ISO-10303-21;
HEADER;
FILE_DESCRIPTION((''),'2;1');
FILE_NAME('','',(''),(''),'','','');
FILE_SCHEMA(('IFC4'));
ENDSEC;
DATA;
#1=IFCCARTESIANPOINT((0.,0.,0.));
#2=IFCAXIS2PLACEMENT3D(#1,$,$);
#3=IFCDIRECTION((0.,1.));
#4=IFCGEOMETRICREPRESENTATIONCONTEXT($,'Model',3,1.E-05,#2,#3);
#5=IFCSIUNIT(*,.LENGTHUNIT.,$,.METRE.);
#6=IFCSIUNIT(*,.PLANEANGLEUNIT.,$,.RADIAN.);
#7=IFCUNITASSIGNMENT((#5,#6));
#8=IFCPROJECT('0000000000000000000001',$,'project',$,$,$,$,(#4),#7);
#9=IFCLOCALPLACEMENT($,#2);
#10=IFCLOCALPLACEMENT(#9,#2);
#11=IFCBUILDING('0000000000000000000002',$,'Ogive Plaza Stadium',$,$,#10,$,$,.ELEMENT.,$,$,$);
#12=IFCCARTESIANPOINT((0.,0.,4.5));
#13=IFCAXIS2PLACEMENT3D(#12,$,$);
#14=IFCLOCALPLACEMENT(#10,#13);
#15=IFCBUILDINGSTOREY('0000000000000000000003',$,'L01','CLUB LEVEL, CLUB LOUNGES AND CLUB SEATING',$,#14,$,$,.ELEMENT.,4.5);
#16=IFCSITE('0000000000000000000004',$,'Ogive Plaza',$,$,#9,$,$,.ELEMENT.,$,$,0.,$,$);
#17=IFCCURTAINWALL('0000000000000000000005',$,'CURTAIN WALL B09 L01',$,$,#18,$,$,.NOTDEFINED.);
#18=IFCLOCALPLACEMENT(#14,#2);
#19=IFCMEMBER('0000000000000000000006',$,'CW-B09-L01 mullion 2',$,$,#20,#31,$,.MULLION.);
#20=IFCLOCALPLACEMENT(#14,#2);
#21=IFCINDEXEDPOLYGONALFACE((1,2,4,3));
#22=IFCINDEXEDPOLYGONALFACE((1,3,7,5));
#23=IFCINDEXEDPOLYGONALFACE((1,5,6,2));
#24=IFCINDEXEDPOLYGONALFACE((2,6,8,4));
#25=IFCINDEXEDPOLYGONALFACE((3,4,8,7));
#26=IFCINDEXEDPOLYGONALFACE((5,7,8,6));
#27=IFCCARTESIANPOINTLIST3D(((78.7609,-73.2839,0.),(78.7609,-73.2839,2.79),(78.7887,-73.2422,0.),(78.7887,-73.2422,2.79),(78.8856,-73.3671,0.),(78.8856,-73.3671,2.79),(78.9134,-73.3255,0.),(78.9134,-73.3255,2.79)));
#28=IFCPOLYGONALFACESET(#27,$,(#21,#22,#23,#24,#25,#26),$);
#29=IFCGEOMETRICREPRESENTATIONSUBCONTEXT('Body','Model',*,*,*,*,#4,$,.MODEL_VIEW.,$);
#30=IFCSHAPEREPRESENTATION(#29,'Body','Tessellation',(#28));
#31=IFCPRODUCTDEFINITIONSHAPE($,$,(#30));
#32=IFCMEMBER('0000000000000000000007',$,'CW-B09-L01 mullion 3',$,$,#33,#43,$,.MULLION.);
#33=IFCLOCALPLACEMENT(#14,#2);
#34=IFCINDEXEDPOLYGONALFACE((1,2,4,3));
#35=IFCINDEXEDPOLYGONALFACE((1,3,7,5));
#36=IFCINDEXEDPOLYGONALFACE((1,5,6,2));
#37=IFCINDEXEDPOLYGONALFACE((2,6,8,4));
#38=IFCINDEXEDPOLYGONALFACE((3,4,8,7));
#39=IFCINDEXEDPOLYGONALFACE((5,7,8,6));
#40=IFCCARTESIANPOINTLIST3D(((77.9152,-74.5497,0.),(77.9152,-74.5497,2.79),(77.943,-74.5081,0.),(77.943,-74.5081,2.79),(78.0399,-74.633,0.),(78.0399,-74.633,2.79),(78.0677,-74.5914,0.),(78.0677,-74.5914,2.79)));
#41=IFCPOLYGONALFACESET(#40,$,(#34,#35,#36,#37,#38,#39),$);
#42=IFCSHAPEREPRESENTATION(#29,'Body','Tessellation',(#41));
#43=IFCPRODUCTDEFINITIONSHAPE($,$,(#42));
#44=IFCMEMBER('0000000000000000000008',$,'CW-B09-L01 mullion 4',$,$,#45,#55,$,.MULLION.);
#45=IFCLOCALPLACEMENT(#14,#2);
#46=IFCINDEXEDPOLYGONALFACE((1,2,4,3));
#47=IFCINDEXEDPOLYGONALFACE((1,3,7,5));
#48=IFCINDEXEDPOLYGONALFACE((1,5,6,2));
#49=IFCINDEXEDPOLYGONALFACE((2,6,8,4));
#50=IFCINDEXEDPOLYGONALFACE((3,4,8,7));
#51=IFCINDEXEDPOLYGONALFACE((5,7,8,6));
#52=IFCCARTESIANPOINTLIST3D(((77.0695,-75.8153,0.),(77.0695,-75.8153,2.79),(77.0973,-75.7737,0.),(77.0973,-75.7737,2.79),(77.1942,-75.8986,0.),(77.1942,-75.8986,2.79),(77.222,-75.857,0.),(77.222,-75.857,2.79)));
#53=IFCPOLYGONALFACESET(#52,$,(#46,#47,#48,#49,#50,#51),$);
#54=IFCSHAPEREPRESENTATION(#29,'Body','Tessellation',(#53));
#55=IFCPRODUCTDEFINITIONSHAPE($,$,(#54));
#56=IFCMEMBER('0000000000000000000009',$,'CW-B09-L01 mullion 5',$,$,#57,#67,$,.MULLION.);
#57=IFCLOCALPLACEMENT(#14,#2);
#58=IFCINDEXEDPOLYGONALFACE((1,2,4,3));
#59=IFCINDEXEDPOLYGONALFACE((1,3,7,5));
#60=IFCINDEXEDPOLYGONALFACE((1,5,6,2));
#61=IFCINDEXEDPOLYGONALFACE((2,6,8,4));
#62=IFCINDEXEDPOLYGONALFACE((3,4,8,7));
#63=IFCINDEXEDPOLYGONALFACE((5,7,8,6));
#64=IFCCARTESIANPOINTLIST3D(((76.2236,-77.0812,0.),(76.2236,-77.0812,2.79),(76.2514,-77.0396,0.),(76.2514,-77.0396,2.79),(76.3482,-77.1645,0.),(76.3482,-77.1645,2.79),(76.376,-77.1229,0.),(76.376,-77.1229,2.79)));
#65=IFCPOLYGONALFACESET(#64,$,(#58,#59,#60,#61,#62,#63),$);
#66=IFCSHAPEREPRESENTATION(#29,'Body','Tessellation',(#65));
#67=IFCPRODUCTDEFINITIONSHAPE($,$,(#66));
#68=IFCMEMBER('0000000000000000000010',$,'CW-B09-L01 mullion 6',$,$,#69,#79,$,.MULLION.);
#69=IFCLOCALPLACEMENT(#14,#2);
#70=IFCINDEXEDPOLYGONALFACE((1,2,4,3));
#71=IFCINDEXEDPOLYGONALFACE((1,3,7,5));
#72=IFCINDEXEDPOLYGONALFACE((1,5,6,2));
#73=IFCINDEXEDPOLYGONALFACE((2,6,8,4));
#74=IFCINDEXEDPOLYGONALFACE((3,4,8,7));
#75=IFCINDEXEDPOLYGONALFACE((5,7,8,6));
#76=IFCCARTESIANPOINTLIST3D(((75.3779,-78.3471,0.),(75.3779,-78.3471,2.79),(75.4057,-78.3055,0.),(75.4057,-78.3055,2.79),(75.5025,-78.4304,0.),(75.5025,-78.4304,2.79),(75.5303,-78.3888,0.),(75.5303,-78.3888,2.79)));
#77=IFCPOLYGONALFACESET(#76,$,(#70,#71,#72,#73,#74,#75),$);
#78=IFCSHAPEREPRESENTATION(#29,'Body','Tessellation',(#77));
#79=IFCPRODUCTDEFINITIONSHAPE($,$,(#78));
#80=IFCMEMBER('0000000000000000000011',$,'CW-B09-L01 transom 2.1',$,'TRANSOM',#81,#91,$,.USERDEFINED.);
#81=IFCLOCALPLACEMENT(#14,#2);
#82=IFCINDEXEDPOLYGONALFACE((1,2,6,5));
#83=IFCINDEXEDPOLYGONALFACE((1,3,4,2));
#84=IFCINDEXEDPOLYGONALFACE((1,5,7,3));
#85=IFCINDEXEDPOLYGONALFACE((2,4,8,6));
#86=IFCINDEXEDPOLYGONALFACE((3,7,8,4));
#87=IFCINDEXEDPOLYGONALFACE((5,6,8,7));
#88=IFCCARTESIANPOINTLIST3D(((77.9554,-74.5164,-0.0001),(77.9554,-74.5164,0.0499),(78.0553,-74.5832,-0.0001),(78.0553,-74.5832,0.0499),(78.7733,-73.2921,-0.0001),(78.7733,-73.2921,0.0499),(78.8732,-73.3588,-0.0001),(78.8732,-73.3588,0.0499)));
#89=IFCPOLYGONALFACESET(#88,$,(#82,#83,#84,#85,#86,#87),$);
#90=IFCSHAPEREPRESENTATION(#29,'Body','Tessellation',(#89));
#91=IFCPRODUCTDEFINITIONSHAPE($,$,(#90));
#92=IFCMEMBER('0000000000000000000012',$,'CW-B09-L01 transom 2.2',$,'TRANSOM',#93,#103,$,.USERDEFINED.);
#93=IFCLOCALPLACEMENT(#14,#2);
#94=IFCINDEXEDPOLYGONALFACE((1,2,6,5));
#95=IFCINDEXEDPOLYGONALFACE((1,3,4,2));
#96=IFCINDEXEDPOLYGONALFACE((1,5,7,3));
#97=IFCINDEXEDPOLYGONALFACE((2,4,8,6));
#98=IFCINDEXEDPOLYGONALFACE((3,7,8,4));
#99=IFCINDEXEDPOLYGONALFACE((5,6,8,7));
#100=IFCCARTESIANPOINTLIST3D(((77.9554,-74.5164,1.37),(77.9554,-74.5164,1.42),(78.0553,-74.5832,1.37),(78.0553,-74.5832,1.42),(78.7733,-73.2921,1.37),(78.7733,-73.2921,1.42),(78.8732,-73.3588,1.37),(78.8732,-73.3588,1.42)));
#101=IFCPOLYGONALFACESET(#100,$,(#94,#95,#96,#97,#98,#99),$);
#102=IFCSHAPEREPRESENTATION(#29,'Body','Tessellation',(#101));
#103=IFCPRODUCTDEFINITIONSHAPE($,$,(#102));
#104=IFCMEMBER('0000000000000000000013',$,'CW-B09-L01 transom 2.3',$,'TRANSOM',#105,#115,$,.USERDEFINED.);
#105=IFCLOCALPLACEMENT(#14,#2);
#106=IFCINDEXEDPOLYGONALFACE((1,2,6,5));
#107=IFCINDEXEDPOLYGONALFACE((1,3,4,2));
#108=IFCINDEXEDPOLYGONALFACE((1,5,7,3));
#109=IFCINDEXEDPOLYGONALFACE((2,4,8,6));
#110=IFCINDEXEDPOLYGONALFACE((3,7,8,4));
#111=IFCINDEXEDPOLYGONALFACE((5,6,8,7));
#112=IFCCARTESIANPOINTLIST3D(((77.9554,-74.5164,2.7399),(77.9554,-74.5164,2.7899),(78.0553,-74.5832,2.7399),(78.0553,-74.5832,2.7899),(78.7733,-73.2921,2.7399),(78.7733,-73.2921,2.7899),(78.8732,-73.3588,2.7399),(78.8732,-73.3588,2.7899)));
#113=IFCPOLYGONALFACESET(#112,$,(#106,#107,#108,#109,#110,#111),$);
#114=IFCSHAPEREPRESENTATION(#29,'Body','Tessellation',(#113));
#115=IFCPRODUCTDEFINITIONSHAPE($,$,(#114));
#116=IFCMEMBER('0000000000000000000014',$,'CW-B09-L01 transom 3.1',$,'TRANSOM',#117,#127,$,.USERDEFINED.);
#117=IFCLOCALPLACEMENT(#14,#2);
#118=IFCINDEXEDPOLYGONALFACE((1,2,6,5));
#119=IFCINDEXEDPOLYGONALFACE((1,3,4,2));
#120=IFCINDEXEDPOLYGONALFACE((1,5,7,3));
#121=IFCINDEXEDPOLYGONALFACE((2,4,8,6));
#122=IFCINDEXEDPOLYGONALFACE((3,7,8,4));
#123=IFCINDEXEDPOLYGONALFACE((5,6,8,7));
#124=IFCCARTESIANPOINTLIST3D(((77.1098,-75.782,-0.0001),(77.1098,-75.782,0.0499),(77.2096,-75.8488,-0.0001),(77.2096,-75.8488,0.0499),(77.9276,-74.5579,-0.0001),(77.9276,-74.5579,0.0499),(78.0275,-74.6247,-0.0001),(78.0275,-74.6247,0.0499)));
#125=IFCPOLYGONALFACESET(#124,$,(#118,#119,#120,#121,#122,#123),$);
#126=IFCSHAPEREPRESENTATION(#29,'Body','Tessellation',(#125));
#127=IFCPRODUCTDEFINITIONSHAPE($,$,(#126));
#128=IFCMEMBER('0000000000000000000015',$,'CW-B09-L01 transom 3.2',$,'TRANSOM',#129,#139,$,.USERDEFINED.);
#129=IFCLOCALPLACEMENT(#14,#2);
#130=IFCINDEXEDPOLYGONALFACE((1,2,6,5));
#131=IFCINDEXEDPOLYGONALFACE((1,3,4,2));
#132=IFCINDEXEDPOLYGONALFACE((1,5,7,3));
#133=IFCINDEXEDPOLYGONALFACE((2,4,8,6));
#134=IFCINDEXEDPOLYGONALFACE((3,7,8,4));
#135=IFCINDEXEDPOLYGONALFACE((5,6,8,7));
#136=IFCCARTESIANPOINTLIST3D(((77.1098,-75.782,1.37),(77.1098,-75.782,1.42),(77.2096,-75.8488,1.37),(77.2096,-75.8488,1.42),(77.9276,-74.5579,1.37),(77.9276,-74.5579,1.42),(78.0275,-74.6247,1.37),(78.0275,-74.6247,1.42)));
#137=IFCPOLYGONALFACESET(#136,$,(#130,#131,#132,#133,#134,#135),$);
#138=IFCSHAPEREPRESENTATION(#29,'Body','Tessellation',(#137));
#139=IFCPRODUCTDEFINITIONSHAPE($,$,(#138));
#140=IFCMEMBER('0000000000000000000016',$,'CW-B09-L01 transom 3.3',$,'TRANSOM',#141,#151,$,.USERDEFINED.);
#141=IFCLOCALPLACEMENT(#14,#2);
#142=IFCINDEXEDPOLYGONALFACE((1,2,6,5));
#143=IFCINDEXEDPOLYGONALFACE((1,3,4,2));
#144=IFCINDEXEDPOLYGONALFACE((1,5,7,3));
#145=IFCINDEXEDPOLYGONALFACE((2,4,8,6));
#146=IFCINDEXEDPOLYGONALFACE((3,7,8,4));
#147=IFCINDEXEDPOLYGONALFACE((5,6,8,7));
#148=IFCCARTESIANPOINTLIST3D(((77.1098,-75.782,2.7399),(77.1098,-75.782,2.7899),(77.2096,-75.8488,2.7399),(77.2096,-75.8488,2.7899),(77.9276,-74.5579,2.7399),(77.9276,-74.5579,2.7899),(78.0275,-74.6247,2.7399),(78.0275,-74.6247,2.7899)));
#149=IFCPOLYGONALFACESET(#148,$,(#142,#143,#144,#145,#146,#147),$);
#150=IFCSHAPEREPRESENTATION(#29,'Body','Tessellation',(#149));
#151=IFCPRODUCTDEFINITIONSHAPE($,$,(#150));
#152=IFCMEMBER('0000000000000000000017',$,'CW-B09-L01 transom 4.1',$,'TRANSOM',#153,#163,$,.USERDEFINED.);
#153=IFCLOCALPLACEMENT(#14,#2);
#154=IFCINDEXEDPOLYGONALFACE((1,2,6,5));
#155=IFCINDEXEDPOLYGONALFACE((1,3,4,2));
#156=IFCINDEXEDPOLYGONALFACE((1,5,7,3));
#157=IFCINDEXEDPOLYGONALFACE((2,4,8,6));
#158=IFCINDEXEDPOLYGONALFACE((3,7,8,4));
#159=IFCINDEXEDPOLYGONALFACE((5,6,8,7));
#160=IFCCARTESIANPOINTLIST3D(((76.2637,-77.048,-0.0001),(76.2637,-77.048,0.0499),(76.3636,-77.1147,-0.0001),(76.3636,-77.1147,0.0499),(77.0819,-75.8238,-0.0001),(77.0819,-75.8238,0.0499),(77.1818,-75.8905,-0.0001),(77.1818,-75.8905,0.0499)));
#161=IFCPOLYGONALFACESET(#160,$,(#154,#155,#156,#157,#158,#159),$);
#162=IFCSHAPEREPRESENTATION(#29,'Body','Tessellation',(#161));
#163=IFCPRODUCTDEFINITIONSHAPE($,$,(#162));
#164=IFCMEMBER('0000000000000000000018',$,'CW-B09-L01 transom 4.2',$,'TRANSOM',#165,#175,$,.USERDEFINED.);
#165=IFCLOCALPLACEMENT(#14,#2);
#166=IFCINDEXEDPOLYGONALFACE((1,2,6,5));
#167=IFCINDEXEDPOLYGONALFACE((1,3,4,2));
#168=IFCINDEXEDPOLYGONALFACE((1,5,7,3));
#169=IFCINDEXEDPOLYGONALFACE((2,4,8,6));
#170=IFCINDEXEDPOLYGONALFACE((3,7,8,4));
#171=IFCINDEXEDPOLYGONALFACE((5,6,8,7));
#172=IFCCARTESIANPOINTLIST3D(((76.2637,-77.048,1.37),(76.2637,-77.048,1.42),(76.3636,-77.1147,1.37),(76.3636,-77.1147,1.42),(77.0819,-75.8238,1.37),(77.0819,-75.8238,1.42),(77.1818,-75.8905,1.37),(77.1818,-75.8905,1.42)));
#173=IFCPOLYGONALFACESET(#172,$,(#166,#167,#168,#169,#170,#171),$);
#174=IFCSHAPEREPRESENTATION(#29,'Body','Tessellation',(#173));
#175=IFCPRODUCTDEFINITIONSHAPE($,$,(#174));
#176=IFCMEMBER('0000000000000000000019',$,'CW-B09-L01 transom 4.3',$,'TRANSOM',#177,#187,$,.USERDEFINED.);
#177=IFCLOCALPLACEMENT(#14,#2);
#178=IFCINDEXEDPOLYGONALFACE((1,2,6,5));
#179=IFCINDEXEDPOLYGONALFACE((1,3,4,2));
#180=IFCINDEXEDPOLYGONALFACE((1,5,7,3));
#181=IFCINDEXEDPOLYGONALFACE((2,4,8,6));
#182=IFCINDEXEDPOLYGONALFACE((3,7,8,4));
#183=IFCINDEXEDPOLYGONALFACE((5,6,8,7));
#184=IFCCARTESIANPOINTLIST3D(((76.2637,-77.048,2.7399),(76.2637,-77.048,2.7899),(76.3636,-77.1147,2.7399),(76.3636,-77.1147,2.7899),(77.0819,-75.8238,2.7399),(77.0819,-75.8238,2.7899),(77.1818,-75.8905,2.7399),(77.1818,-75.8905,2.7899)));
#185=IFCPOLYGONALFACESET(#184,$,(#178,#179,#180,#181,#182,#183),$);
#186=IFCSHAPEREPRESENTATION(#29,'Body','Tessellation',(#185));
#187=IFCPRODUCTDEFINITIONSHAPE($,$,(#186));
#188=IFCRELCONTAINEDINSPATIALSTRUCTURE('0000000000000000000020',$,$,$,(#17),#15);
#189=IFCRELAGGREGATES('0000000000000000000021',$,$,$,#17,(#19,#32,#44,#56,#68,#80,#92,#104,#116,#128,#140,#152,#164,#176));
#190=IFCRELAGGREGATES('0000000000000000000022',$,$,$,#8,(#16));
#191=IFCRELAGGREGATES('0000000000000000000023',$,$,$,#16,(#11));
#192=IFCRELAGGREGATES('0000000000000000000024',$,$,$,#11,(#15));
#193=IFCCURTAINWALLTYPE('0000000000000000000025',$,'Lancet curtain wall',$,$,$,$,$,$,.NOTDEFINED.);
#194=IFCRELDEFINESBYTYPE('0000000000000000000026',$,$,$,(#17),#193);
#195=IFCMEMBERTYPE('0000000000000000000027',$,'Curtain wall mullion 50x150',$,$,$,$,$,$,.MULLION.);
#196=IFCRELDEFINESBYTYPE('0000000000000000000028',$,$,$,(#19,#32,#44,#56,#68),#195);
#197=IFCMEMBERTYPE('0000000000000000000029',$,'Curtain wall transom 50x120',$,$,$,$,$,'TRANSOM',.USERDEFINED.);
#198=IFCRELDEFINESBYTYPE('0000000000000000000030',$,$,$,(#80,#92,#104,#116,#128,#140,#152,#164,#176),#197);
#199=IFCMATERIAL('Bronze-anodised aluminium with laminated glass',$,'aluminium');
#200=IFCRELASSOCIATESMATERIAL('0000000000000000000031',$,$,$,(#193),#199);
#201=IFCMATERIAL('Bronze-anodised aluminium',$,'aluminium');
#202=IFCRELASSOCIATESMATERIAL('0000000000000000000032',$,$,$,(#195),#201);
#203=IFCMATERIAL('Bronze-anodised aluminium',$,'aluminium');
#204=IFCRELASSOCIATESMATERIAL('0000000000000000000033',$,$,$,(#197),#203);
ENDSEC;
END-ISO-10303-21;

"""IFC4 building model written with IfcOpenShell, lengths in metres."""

from ifc_helpers import new_model, si_unit, direction, frame, origin, origin_2d, place, context, subcontext, project, spatial, rectangle, extrude, material, material_profile, profile_set, type_object, element, aggregate, save


model = new_model("IFC4")

# Units and contexts
model_context = context("Model", 3, precision=1e-05, world=origin(), true_north=direction((0.0, 1.0)))
body_context = subcontext(model_context, "Body", "Model", "MODEL_VIEW")
ifc_project = project(units=[si_unit("LENGTHUNIT", "METRE"), si_unit("PLANEANGLEUNIT", "RADIAN")], contexts=[model_context])

# Site, building, storey
site_placement = place(None, origin())
site = spatial("IfcSite", under=ifc_project, at=site_placement, Name="Ogive Plaza", CompositionType="ELEMENT", RefElevation=0.0)
building_placement = place(site_placement, origin())
building = spatial("IfcBuilding", under=site, at=building_placement, Name="Ogive Plaza Stadium", CompositionType="ELEMENT")
storey_placement = place(building_placement, frame((0.0, 0.0, 4.5)))
storey = spatial("IfcBuildingStorey", under=building, at=storey_placement, Name="L01", Description="CLUB LEVEL, CLUB LOUNGES AND CLUB SEATING", CompositionType="ELEMENT", Elevation=4.5)

# Curtain wall, members
ifc_material_1 = material(Name="Bronze-anodised aluminium with laminated glass", Category="aluminium")
curtain_wall_type = type_object("IfcCurtainWallType", Name="Lancet curtain wall", PredefinedType="NOTDEFINED", material=ifc_material_1)
curtain_wall_placement = place(storey_placement, origin())
curtain_wall = element("IfcCurtainWall", 1, at=curtain_wall_placement, inside=storey, type_object=curtain_wall_type, Name="CURTAIN WALL B09 L01", PredefinedType="NOTDEFINED")
ifc_material_2 = material(Name="Bronze-anodised aluminium", Category="aluminium")
ifc_material_profile_1 = material_profile(ifc_material_2, rectangle(XDim=0.1499, YDim=0.05, at=origin_2d()), Name="AL 150x50")
ifc_profile_set_1 = profile_set([ifc_material_profile_1], Name="Bronze-anodised aluminium")
member_type_1 = type_object("IfcMemberType", Name="Curtain wall mullion 50x150", PredefinedType="MULLION", material=ifc_profile_set_1)
member_1_placement = place(storey_placement, frame((78.8372, -73.3047, 0.0), z_axis=(0.0, 0.0, 1.0), x_axis=(0.83147, -0.55557, 0.0)))
member_1 = element("IfcMember", 2, at=member_1_placement, type_object=member_type_1, Name="CW-B09-L01 mullion 2", PredefinedType="MULLION", context=body_context, shape_type="SweptSolid", body=[
    extrude(rectangle(XDim=0.1499, YDim=0.05, at=origin_2d()), origin(), (0.0, 0.0, 1.0), 2.79),
])
member_2_placement = place(storey_placement, frame((77.9915, -74.5706, 0.0), z_axis=(0.0, 0.0, 1.0), x_axis=(0.83147, -0.55557, 0.0)))
member_2 = element("IfcMember", 3, at=member_2_placement, type_object=member_type_1, Name="CW-B09-L01 mullion 3", PredefinedType="MULLION", context=body_context, shape_type="SweptSolid", body=[
    extrude(rectangle(XDim=0.1499, YDim=0.05, at=origin_2d()), origin(), (0.0, 0.0, 1.0), 2.79),
])
member_3_placement = place(storey_placement, frame((77.1458, -75.8362, 0.0), z_axis=(0.0, 0.0, 1.0), x_axis=(0.83147, -0.55557, 0.0)))
member_3 = element("IfcMember", 4, at=member_3_placement, type_object=member_type_1, Name="CW-B09-L01 mullion 4", PredefinedType="MULLION", context=body_context, shape_type="SweptSolid", body=[
    extrude(rectangle(XDim=0.1499, YDim=0.05, at=origin_2d()), origin(), (0.0, 0.0, 1.0), 2.79),
])
member_4_placement = place(storey_placement, frame((76.2998, -77.1021, 0.0), z_axis=(0.0, 0.0, 1.0), x_axis=(0.83147, -0.55557, 0.0)))
member_4 = element("IfcMember", 5, at=member_4_placement, type_object=member_type_1, Name="CW-B09-L01 mullion 5", PredefinedType="MULLION", context=body_context, shape_type="SweptSolid", body=[
    extrude(rectangle(XDim=0.1499, YDim=0.05, at=origin_2d()), origin(), (0.0, 0.0, 1.0), 2.79),
])
member_5_placement = place(storey_placement, frame((75.4541, -78.3679, 0.0), z_axis=(0.0, 0.0, 1.0), x_axis=(0.83147, -0.55557, 0.0)))
member_5 = element("IfcMember", 6, at=member_5_placement, type_object=member_type_1, Name="CW-B09-L01 mullion 6", PredefinedType="MULLION", context=body_context, shape_type="SweptSolid", body=[
    extrude(rectangle(XDim=0.1499, YDim=0.05, at=origin_2d()), origin(), (0.0, 0.0, 1.0), 2.79),
])
ifc_material_3 = material(Name="Bronze-anodised aluminium", Category="aluminium")
ifc_material_profile_2 = material_profile(ifc_material_3, rectangle(XDim=0.1201, YDim=0.05, at=origin_2d()), Name="AL 120x50")
ifc_profile_set_2 = profile_set([ifc_material_profile_2], Name="Bronze-anodised aluminium")
member_type_2 = type_object("IfcMemberType", Name="Curtain wall transom 50x120", ElementType="TRANSOM", PredefinedType="USERDEFINED", material=ifc_profile_set_2)
member_6_placement = place(storey_placement, frame((78.8232, -73.3254, 0.0249), z_axis=(-0.555465, -0.83154, 0.0), x_axis=(0.83154, -0.555465, 0.0)))
member_6 = element("IfcMember", 7, at=member_6_placement, type_object=member_type_2, Name="CW-B09-L01 transom 2.1", ObjectType="TRANSOM", PredefinedType="USERDEFINED", context=body_context, shape_type="SweptSolid", body=[
    extrude(rectangle(XDim=0.1201, YDim=0.05, at=origin_2d()), origin(), (0.0, 0.0, 1.0), 1.4724),
])
member_7_placement = place(storey_placement, frame((78.8232, -73.3254, 1.395), z_axis=(-0.555465, -0.83154, 0.0), x_axis=(0.83154, -0.555465, 0.0)))
member_7 = element("IfcMember", 8, at=member_7_placement, type_object=member_type_2, Name="CW-B09-L01 transom 2.2", ObjectType="TRANSOM", PredefinedType="USERDEFINED", context=body_context, shape_type="SweptSolid", body=[
    extrude(rectangle(XDim=0.1201, YDim=0.05, at=origin_2d()), origin(), (0.0, 0.0, 1.0), 1.4724),
])
member_8_placement = place(storey_placement, frame((78.8232, -73.3254, 2.7649), z_axis=(-0.555465, -0.83154, 0.0), x_axis=(0.83154, -0.555465, 0.0)))
member_8 = element("IfcMember", 9, at=member_8_placement, type_object=member_type_2, Name="CW-B09-L01 transom 2.3", ObjectType="TRANSOM", PredefinedType="USERDEFINED", context=body_context, shape_type="SweptSolid", body=[
    extrude(rectangle(XDim=0.1201, YDim=0.05, at=origin_2d()), origin(), (0.0, 0.0, 1.0), 1.4724),
])
member_9_placement = place(storey_placement, frame((77.9775, -74.5913, 0.0249), z_axis=(-0.555542, -0.831489, 0.0), x_axis=(0.831489, -0.555542, 0.0)))
member_9 = element("IfcMember", 10, at=member_9_placement, type_object=member_type_2, Name="CW-B09-L01 transom 3.1", ObjectType="TRANSOM", PredefinedType="USERDEFINED", context=body_context, shape_type="SweptSolid", body=[
    extrude(rectangle(XDim=0.1201, YDim=0.05, at=origin_2d()), origin(), (0.0, 0.0, 1.0), 1.4722),
])
member_10_placement = place(storey_placement, frame((77.9775, -74.5913, 1.395), z_axis=(-0.555542, -0.831489, 0.0), x_axis=(0.831489, -0.555542, 0.0)))
member_10 = element("IfcMember", 11, at=member_10_placement, type_object=member_type_2, Name="CW-B09-L01 transom 3.2", ObjectType="TRANSOM", PredefinedType="USERDEFINED", context=body_context, shape_type="SweptSolid", body=[
    extrude(rectangle(XDim=0.1201, YDim=0.05, at=origin_2d()), origin(), (0.0, 0.0, 1.0), 1.4722),
])
member_11_placement = place(storey_placement, frame((77.9775, -74.5913, 2.7649), z_axis=(-0.555542, -0.831489, 0.0), x_axis=(0.831489, -0.555542, 0.0)))
member_11 = element("IfcMember", 12, at=member_11_placement, type_object=member_type_2, Name="CW-B09-L01 transom 3.3", ObjectType="TRANSOM", PredefinedType="USERDEFINED", context=body_context, shape_type="SweptSolid", body=[
    extrude(rectangle(XDim=0.1201, YDim=0.05, at=origin_2d()), origin(), (0.0, 0.0, 1.0), 1.4722),
])
member_12_placement = place(storey_placement, frame((77.1318, -75.8572, 0.0249), z_axis=(-0.555656, -0.831412, 0.0), x_axis=(0.831412, -0.555656, 0.0)))
member_12 = element("IfcMember", 13, at=member_12_placement, type_object=member_type_2, Name="CW-B09-L01 transom 4.1", ObjectType="TRANSOM", PredefinedType="USERDEFINED", context=body_context, shape_type="SweptSolid", body=[
    extrude(rectangle(XDim=0.1201, YDim=0.05, at=origin_2d()), origin(), (0.0, 0.0, 1.0), 1.4724),
])
member_13_placement = place(storey_placement, frame((77.1318, -75.8572, 1.395), z_axis=(-0.555656, -0.831412, 0.0), x_axis=(0.831412, -0.555656, 0.0)))
member_13 = element("IfcMember", 14, at=member_13_placement, type_object=member_type_2, Name="CW-B09-L01 transom 4.2", ObjectType="TRANSOM", PredefinedType="USERDEFINED", context=body_context, shape_type="SweptSolid", body=[
    extrude(rectangle(XDim=0.1201, YDim=0.05, at=origin_2d()), origin(), (0.0, 0.0, 1.0), 1.4724),
])
member_14_placement = place(storey_placement, frame((77.1318, -75.8572, 2.7649), z_axis=(-0.555656, -0.831412, 0.0), x_axis=(0.831412, -0.555656, 0.0)))
member_14 = element("IfcMember", 15, at=member_14_placement, type_object=member_type_2, Name="CW-B09-L01 transom 4.3", ObjectType="TRANSOM", PredefinedType="USERDEFINED", context=body_context, shape_type="SweptSolid", body=[
    extrude(rectangle(XDim=0.1201, YDim=0.05, at=origin_2d()), origin(), (0.0, 0.0, 1.0), 1.4724),
])

aggregate(curtain_wall, [member_1, member_2, member_3, member_4, member_5, member_6, member_7, member_8, member_9, member_10, member_11, member_12, member_13, member_14])

save(model, "model.ifc")
